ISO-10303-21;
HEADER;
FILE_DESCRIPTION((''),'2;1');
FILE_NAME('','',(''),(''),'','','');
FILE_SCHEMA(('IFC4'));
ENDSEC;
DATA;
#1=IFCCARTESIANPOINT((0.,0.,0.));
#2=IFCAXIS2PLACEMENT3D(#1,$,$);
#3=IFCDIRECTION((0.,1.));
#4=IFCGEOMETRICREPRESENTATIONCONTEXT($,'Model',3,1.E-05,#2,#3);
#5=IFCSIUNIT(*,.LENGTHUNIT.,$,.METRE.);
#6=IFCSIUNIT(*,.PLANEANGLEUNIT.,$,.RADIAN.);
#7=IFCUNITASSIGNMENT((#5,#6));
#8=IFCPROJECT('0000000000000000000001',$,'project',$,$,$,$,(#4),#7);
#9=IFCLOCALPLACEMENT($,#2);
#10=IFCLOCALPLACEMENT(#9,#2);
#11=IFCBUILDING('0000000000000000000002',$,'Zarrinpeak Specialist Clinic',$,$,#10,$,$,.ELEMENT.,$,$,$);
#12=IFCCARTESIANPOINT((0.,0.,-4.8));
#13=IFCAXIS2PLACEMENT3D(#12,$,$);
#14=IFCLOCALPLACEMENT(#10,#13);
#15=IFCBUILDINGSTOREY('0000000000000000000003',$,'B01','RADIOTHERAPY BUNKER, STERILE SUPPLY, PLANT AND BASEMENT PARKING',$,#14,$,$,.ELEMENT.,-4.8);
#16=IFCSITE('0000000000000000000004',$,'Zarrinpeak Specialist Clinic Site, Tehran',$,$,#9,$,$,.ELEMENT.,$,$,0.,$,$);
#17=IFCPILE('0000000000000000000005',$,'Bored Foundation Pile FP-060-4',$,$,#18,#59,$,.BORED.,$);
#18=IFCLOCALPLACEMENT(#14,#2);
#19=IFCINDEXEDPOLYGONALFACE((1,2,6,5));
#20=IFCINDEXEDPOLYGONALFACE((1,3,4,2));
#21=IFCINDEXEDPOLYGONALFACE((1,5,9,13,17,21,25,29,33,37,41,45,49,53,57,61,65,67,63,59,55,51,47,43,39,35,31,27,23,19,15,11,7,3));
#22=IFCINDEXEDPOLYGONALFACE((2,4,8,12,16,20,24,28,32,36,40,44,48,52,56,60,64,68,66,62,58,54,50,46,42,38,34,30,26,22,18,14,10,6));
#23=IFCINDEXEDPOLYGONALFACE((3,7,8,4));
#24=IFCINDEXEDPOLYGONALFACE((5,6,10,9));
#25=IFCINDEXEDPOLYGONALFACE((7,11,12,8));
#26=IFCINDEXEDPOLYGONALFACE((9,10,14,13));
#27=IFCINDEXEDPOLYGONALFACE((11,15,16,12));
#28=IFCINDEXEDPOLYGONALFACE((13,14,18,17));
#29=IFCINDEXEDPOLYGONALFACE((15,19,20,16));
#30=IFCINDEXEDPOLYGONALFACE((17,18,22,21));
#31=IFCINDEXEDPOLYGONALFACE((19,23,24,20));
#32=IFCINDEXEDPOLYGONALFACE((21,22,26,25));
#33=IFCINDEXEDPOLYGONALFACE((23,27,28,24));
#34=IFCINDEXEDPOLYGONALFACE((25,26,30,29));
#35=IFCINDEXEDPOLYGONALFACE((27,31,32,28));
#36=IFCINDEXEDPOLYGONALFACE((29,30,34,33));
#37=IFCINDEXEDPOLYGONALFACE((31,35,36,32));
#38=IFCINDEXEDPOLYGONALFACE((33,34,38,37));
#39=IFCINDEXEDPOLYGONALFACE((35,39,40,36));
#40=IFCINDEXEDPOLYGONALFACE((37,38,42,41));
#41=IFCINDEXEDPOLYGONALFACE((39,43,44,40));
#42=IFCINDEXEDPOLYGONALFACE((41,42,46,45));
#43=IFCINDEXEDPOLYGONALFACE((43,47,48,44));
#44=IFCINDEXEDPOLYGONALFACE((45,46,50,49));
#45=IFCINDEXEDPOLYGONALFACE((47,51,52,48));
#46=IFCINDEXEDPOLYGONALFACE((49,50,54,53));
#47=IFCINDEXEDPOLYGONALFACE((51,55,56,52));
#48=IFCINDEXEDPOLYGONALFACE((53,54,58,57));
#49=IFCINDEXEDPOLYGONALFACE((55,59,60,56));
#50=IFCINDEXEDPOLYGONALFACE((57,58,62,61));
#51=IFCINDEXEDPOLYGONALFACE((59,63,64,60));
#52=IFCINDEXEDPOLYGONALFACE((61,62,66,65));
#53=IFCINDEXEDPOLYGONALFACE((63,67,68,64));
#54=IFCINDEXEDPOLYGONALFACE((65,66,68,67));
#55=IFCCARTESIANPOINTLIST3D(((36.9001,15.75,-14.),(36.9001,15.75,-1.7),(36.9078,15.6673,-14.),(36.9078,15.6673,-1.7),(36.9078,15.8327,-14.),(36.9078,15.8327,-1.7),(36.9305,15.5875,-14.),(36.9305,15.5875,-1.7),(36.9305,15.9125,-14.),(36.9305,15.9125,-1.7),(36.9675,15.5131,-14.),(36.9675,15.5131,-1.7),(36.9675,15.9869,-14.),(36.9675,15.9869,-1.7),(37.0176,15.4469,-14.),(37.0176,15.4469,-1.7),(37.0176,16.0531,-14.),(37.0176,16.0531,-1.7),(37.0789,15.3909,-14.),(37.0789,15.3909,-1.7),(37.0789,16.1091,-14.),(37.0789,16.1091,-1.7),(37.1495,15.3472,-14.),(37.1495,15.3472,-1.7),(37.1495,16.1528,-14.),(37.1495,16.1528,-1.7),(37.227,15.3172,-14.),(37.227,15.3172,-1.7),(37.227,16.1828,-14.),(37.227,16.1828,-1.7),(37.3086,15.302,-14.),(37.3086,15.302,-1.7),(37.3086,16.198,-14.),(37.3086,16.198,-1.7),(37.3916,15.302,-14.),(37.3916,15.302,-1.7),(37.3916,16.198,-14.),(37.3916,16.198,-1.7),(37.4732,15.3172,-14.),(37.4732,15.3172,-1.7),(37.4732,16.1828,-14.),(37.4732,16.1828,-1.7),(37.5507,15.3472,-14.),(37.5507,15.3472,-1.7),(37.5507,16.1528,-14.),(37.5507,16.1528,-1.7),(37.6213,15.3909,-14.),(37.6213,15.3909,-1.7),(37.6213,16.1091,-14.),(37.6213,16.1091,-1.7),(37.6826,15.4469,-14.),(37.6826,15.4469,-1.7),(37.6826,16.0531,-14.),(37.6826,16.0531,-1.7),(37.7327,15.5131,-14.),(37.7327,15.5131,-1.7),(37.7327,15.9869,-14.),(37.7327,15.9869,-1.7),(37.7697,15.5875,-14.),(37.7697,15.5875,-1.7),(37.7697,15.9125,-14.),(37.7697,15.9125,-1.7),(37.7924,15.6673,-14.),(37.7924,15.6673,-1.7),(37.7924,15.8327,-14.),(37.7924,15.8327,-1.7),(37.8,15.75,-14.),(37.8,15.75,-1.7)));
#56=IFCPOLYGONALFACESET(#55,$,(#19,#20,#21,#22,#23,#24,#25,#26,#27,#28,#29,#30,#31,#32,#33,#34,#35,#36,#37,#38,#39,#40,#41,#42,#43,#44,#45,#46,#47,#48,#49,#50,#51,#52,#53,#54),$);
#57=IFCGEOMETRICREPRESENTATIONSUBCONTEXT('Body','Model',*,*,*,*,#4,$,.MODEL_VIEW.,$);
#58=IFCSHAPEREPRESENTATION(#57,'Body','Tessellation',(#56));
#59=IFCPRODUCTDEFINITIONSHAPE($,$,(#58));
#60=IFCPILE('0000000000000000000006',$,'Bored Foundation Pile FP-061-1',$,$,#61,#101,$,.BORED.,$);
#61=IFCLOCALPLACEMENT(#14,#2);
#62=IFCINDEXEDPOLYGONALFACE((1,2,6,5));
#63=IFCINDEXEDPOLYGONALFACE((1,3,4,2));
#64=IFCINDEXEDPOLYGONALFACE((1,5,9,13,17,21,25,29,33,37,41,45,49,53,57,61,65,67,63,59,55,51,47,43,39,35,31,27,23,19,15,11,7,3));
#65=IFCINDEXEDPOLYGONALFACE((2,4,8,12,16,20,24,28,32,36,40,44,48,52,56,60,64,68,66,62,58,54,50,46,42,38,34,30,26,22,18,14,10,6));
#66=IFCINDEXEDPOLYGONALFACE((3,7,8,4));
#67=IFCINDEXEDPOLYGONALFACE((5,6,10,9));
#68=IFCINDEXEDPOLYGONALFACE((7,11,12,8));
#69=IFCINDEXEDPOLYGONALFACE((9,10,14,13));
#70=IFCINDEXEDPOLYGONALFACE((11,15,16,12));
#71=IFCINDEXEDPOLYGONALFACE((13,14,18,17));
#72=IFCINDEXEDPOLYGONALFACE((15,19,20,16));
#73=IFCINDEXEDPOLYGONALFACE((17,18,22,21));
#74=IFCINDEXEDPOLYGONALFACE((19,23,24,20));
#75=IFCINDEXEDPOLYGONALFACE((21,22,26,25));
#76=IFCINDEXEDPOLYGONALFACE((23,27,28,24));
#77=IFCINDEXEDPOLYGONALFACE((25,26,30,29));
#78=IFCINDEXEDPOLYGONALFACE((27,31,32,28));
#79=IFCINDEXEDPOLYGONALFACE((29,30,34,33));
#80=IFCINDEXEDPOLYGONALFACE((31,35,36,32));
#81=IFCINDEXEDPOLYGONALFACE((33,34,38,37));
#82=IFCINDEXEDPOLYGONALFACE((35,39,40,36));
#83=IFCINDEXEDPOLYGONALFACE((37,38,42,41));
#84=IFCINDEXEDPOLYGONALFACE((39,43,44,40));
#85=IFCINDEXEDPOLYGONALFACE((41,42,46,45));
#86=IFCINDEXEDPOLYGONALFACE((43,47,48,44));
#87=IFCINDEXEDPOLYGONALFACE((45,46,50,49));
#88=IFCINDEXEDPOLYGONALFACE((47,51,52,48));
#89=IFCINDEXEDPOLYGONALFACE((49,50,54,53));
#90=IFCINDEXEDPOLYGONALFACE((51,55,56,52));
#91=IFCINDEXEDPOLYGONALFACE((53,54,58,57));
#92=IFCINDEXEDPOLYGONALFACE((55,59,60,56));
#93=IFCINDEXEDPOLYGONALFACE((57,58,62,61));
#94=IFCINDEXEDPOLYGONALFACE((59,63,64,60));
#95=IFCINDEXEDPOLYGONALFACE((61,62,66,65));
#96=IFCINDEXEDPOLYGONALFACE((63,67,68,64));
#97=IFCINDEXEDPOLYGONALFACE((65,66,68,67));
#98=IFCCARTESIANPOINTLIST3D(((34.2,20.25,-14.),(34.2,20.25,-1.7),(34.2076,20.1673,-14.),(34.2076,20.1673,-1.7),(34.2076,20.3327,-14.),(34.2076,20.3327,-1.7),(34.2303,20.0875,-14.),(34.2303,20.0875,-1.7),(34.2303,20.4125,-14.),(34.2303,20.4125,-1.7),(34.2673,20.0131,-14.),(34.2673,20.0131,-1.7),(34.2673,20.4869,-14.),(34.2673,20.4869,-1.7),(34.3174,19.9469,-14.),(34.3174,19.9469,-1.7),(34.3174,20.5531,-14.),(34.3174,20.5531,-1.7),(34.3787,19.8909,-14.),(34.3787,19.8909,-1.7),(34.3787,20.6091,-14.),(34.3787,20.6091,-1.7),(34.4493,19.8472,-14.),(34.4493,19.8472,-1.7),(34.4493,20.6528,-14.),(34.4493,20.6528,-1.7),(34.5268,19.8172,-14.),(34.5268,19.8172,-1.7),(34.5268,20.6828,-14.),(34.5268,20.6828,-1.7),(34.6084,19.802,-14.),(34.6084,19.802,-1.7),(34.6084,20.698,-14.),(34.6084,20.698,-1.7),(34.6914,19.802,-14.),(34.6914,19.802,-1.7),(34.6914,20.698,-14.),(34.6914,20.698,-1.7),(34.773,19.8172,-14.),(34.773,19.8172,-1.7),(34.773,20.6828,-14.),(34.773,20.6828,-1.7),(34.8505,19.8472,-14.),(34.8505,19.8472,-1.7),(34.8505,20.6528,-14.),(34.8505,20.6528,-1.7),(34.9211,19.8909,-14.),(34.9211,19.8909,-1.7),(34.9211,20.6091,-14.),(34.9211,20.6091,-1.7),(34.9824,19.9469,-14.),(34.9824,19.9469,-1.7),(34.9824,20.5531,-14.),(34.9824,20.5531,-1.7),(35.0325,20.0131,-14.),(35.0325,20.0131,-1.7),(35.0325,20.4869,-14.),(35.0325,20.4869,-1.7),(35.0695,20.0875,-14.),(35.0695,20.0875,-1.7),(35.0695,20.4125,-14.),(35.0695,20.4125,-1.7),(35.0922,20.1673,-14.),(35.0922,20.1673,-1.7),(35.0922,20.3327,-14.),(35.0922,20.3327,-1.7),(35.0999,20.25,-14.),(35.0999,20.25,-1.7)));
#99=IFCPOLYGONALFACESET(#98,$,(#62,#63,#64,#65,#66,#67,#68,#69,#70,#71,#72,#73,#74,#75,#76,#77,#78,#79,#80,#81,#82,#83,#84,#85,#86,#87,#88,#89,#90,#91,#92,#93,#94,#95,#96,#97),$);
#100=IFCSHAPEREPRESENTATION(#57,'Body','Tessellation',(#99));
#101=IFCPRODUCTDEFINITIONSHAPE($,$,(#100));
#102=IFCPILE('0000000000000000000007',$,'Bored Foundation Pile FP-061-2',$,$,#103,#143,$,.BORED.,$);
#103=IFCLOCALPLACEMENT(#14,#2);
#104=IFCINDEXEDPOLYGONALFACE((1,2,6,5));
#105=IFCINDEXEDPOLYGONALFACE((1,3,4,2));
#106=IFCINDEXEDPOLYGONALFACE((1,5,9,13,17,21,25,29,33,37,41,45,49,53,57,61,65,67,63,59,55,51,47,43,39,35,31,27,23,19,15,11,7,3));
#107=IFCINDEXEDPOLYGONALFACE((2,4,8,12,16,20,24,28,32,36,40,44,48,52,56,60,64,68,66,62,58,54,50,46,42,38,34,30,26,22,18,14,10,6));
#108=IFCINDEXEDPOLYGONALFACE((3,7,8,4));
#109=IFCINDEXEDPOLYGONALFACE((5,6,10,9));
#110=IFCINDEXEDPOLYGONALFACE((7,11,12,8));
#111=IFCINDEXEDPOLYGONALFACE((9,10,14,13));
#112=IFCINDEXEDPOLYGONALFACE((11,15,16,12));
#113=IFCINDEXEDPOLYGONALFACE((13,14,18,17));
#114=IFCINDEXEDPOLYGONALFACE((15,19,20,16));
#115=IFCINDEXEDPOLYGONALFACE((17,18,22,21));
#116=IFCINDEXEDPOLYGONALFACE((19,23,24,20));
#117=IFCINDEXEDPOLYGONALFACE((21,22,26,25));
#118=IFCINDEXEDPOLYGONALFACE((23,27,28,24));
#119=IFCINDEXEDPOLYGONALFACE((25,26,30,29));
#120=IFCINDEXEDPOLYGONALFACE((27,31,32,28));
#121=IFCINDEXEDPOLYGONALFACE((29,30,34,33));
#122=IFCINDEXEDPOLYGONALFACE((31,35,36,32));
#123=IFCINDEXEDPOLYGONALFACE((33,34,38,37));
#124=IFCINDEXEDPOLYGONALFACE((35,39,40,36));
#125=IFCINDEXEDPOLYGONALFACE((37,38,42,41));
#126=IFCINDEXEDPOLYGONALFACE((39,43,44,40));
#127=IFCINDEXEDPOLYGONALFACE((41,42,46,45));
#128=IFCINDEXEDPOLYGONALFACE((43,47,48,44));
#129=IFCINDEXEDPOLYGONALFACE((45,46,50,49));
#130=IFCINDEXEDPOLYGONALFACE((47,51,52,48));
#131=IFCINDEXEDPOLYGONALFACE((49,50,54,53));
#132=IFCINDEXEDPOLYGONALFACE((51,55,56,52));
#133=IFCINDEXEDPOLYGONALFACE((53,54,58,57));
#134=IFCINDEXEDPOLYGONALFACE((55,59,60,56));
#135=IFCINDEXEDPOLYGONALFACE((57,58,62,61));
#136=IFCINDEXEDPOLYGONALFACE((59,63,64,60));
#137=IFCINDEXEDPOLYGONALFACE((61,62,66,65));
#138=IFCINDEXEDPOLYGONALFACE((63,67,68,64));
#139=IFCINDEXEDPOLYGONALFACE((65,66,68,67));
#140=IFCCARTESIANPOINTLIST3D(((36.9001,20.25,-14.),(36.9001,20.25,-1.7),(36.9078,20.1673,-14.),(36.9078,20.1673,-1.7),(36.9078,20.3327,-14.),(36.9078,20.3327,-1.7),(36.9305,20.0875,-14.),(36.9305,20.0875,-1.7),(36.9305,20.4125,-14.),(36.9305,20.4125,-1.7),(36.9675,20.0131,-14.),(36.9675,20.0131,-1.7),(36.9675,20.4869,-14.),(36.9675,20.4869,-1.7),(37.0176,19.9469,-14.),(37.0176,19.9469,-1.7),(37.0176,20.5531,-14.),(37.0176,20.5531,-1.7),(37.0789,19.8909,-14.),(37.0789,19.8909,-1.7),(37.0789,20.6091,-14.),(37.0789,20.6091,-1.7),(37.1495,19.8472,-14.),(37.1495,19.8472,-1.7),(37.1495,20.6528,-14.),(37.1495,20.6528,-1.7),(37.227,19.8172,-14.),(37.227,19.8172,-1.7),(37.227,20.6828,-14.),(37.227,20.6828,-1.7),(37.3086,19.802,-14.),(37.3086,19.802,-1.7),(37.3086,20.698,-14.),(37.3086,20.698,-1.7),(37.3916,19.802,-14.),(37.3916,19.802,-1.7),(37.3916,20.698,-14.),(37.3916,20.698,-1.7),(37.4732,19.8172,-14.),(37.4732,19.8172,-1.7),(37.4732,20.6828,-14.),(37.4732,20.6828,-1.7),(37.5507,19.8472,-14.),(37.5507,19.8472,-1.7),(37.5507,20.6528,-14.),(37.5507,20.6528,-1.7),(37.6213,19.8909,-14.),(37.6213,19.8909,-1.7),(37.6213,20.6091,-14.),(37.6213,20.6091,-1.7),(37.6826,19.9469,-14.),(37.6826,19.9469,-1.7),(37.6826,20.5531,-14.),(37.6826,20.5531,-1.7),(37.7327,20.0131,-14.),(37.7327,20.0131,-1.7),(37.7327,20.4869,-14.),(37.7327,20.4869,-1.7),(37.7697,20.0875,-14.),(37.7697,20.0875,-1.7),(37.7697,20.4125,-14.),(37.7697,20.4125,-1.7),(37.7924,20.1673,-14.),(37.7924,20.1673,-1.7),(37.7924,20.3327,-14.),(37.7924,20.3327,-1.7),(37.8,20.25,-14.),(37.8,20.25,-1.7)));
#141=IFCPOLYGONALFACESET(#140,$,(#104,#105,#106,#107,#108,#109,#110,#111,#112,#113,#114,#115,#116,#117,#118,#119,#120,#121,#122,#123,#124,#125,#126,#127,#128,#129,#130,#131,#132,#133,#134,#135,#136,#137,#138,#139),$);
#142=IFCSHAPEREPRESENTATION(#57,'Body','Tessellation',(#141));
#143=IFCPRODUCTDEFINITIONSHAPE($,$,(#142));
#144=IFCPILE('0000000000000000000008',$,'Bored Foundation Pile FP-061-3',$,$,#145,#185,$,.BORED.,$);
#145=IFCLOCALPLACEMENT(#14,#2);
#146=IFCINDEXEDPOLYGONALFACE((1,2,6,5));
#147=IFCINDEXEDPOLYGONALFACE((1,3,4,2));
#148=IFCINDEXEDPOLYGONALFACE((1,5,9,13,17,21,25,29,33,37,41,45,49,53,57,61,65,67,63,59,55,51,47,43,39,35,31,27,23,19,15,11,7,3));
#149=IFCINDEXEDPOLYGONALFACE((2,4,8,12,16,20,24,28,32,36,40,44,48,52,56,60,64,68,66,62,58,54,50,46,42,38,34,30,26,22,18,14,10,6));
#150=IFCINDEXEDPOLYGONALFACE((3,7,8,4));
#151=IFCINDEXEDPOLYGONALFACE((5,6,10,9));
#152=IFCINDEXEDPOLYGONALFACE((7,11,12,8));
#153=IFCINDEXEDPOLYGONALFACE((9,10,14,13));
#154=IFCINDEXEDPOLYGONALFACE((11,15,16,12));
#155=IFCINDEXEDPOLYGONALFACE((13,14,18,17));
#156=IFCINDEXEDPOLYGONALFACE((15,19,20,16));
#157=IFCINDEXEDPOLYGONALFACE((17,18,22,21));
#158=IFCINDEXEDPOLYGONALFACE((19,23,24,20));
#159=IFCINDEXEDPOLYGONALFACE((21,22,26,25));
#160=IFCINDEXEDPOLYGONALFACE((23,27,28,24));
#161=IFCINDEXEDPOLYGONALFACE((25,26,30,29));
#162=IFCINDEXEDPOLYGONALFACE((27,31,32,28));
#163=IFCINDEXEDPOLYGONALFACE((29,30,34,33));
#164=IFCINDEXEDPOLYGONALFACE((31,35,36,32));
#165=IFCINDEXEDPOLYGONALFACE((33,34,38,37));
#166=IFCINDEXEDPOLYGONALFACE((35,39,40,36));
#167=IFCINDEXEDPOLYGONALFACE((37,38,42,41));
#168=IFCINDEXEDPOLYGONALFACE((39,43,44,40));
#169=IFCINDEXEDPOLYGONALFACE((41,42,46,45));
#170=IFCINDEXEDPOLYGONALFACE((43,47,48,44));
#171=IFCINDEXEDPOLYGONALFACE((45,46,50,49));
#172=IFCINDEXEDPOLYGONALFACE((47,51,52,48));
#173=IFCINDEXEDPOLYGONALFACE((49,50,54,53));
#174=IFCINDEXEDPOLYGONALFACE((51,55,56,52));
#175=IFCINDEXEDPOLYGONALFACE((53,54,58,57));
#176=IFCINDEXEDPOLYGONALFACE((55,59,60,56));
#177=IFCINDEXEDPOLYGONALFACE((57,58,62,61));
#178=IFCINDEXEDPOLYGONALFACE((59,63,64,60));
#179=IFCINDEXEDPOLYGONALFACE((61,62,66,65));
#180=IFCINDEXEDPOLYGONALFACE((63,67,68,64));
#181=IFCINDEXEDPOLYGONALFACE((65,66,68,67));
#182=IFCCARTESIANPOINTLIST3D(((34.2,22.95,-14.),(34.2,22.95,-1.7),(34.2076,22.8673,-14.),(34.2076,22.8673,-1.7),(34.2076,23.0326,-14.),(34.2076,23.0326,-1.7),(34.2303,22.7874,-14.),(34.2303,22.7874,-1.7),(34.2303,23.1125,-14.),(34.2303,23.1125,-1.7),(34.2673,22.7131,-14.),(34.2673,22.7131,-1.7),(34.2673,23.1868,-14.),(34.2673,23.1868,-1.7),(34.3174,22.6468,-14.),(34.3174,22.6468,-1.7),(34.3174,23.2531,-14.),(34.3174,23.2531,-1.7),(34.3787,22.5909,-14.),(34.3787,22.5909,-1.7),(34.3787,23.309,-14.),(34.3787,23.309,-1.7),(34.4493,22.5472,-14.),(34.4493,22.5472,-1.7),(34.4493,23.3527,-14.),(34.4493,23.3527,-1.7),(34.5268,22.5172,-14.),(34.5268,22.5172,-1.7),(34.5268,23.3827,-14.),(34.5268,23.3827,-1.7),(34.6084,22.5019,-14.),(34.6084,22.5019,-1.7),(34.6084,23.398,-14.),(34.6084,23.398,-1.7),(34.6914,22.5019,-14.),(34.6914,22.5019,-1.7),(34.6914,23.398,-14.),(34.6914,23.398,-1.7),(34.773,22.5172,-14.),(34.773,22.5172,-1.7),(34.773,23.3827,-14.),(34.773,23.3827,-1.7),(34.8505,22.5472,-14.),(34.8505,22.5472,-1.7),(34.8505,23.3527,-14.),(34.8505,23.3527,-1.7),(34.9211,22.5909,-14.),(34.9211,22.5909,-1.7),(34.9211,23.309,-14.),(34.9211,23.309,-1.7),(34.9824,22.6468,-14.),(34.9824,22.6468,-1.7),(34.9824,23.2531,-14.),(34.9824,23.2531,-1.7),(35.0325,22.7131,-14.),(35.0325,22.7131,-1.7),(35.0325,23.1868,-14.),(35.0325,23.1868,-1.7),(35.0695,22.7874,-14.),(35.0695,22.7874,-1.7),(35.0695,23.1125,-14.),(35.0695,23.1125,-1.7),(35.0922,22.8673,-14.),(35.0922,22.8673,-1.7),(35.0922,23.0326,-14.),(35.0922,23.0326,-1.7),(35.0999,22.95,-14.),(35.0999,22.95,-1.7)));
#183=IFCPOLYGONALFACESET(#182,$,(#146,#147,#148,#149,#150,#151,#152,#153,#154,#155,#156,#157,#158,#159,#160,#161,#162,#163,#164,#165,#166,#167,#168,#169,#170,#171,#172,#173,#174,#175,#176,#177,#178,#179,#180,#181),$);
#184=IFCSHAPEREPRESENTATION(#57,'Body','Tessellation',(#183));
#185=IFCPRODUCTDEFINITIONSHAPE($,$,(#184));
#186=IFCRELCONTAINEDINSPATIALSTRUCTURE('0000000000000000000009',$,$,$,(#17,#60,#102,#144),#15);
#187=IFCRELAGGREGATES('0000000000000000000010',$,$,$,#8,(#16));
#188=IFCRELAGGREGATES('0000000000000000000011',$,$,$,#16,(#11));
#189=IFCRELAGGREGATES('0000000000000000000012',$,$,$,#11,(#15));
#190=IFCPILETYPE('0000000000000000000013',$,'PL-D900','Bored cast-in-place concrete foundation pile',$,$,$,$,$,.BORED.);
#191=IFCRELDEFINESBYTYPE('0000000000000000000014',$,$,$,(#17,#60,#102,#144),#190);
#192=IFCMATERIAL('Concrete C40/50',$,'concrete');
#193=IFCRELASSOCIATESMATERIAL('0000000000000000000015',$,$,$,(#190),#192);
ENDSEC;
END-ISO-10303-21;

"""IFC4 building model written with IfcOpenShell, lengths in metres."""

from ifc_helpers import new_model, si_unit, direction, frame, origin, origin_2d, place, context, subcontext, project, spatial, circle, extrude, material, material_profile, profile_set, type_object, element, save


model = new_model("IFC4")

# Units and contexts
model_context = context("Model", 3, precision=1e-05, world=origin(), true_north=direction((0.0, 1.0)))
body_context = subcontext(model_context, "Body", "Model", "MODEL_VIEW")
ifc_project = project(units=[si_unit("LENGTHUNIT", "METRE"), si_unit("PLANEANGLEUNIT", "RADIAN")], contexts=[model_context])

# Site, building, storey
site_placement = place(None, origin())
site = spatial("IfcSite", under=ifc_project, at=site_placement, Name="Zarrinpeak Specialist Clinic Site, Tehran", CompositionType="ELEMENT", RefElevation=0.0)
building_placement = place(site_placement, origin())
building = spatial("IfcBuilding", under=site, at=building_placement, Name="Zarrinpeak Specialist Clinic", CompositionType="ELEMENT")
storey_placement = place(building_placement, frame((0.0, 0.0, -4.8)))
storey = spatial("IfcBuildingStorey", under=building, at=storey_placement, Name="B01", Description="RADIOTHERAPY BUNKER, STERILE SUPPLY, PLANT AND BASEMENT PARKING", CompositionType="ELEMENT", Elevation=-4.8)

# Shared definitions
ifc_material_1 = material(Name="Concrete C40/50", Category="concrete")

# Piles
ifc_material_profile_1 = material_profile(ifc_material_1, circle(Radius=0.45, at=origin_2d()), Name="BORED PILE D900")
ifc_profile_set_1 = profile_set([ifc_material_profile_1], Name="Concrete C40/50")
pile_type = type_object("IfcPileType", Name="PL-D900", Description="Bored cast-in-place concrete foundation pile", PredefinedType="BORED", material=ifc_profile_set_1)
for number, where, z_axis, x_axis, name in (
    (1, (37.3501, 15.75, -1.7), (0.0, 0.0, -1.0), (1.0, 0.0, 0.0), "Bored Foundation Pile FP-060-4"),
    (2, (34.6499, 20.25, -1.7), (0.0, 0.0, -1.0), (1.0, 0.0, 0.0), "Bored Foundation Pile FP-061-1"),
    (3, (37.3501, 20.25, -1.7), (0.0, 0.0, -1.0), (1.0, 0.0, 0.0), "Bored Foundation Pile FP-061-2"),
    (4, (34.6499, 22.95, -1.7), (0.0, 0.0, -1.0), (1.0, 0.0, 0.0), "Bored Foundation Pile FP-061-3"),
):
    element("IfcPile", number, at=place(storey_placement, frame(where, z_axis=z_axis, x_axis=x_axis)), inside=storey, type_object=pile_type, Name=name, PredefinedType="BORED", context=body_context, shape_type="SweptSolid", body=[
        extrude(circle(Radius=0.45, at=origin_2d()), origin(), (0.0, 0.0, 1.0), 12.3),
    ])

save(model, "model.ifc")
